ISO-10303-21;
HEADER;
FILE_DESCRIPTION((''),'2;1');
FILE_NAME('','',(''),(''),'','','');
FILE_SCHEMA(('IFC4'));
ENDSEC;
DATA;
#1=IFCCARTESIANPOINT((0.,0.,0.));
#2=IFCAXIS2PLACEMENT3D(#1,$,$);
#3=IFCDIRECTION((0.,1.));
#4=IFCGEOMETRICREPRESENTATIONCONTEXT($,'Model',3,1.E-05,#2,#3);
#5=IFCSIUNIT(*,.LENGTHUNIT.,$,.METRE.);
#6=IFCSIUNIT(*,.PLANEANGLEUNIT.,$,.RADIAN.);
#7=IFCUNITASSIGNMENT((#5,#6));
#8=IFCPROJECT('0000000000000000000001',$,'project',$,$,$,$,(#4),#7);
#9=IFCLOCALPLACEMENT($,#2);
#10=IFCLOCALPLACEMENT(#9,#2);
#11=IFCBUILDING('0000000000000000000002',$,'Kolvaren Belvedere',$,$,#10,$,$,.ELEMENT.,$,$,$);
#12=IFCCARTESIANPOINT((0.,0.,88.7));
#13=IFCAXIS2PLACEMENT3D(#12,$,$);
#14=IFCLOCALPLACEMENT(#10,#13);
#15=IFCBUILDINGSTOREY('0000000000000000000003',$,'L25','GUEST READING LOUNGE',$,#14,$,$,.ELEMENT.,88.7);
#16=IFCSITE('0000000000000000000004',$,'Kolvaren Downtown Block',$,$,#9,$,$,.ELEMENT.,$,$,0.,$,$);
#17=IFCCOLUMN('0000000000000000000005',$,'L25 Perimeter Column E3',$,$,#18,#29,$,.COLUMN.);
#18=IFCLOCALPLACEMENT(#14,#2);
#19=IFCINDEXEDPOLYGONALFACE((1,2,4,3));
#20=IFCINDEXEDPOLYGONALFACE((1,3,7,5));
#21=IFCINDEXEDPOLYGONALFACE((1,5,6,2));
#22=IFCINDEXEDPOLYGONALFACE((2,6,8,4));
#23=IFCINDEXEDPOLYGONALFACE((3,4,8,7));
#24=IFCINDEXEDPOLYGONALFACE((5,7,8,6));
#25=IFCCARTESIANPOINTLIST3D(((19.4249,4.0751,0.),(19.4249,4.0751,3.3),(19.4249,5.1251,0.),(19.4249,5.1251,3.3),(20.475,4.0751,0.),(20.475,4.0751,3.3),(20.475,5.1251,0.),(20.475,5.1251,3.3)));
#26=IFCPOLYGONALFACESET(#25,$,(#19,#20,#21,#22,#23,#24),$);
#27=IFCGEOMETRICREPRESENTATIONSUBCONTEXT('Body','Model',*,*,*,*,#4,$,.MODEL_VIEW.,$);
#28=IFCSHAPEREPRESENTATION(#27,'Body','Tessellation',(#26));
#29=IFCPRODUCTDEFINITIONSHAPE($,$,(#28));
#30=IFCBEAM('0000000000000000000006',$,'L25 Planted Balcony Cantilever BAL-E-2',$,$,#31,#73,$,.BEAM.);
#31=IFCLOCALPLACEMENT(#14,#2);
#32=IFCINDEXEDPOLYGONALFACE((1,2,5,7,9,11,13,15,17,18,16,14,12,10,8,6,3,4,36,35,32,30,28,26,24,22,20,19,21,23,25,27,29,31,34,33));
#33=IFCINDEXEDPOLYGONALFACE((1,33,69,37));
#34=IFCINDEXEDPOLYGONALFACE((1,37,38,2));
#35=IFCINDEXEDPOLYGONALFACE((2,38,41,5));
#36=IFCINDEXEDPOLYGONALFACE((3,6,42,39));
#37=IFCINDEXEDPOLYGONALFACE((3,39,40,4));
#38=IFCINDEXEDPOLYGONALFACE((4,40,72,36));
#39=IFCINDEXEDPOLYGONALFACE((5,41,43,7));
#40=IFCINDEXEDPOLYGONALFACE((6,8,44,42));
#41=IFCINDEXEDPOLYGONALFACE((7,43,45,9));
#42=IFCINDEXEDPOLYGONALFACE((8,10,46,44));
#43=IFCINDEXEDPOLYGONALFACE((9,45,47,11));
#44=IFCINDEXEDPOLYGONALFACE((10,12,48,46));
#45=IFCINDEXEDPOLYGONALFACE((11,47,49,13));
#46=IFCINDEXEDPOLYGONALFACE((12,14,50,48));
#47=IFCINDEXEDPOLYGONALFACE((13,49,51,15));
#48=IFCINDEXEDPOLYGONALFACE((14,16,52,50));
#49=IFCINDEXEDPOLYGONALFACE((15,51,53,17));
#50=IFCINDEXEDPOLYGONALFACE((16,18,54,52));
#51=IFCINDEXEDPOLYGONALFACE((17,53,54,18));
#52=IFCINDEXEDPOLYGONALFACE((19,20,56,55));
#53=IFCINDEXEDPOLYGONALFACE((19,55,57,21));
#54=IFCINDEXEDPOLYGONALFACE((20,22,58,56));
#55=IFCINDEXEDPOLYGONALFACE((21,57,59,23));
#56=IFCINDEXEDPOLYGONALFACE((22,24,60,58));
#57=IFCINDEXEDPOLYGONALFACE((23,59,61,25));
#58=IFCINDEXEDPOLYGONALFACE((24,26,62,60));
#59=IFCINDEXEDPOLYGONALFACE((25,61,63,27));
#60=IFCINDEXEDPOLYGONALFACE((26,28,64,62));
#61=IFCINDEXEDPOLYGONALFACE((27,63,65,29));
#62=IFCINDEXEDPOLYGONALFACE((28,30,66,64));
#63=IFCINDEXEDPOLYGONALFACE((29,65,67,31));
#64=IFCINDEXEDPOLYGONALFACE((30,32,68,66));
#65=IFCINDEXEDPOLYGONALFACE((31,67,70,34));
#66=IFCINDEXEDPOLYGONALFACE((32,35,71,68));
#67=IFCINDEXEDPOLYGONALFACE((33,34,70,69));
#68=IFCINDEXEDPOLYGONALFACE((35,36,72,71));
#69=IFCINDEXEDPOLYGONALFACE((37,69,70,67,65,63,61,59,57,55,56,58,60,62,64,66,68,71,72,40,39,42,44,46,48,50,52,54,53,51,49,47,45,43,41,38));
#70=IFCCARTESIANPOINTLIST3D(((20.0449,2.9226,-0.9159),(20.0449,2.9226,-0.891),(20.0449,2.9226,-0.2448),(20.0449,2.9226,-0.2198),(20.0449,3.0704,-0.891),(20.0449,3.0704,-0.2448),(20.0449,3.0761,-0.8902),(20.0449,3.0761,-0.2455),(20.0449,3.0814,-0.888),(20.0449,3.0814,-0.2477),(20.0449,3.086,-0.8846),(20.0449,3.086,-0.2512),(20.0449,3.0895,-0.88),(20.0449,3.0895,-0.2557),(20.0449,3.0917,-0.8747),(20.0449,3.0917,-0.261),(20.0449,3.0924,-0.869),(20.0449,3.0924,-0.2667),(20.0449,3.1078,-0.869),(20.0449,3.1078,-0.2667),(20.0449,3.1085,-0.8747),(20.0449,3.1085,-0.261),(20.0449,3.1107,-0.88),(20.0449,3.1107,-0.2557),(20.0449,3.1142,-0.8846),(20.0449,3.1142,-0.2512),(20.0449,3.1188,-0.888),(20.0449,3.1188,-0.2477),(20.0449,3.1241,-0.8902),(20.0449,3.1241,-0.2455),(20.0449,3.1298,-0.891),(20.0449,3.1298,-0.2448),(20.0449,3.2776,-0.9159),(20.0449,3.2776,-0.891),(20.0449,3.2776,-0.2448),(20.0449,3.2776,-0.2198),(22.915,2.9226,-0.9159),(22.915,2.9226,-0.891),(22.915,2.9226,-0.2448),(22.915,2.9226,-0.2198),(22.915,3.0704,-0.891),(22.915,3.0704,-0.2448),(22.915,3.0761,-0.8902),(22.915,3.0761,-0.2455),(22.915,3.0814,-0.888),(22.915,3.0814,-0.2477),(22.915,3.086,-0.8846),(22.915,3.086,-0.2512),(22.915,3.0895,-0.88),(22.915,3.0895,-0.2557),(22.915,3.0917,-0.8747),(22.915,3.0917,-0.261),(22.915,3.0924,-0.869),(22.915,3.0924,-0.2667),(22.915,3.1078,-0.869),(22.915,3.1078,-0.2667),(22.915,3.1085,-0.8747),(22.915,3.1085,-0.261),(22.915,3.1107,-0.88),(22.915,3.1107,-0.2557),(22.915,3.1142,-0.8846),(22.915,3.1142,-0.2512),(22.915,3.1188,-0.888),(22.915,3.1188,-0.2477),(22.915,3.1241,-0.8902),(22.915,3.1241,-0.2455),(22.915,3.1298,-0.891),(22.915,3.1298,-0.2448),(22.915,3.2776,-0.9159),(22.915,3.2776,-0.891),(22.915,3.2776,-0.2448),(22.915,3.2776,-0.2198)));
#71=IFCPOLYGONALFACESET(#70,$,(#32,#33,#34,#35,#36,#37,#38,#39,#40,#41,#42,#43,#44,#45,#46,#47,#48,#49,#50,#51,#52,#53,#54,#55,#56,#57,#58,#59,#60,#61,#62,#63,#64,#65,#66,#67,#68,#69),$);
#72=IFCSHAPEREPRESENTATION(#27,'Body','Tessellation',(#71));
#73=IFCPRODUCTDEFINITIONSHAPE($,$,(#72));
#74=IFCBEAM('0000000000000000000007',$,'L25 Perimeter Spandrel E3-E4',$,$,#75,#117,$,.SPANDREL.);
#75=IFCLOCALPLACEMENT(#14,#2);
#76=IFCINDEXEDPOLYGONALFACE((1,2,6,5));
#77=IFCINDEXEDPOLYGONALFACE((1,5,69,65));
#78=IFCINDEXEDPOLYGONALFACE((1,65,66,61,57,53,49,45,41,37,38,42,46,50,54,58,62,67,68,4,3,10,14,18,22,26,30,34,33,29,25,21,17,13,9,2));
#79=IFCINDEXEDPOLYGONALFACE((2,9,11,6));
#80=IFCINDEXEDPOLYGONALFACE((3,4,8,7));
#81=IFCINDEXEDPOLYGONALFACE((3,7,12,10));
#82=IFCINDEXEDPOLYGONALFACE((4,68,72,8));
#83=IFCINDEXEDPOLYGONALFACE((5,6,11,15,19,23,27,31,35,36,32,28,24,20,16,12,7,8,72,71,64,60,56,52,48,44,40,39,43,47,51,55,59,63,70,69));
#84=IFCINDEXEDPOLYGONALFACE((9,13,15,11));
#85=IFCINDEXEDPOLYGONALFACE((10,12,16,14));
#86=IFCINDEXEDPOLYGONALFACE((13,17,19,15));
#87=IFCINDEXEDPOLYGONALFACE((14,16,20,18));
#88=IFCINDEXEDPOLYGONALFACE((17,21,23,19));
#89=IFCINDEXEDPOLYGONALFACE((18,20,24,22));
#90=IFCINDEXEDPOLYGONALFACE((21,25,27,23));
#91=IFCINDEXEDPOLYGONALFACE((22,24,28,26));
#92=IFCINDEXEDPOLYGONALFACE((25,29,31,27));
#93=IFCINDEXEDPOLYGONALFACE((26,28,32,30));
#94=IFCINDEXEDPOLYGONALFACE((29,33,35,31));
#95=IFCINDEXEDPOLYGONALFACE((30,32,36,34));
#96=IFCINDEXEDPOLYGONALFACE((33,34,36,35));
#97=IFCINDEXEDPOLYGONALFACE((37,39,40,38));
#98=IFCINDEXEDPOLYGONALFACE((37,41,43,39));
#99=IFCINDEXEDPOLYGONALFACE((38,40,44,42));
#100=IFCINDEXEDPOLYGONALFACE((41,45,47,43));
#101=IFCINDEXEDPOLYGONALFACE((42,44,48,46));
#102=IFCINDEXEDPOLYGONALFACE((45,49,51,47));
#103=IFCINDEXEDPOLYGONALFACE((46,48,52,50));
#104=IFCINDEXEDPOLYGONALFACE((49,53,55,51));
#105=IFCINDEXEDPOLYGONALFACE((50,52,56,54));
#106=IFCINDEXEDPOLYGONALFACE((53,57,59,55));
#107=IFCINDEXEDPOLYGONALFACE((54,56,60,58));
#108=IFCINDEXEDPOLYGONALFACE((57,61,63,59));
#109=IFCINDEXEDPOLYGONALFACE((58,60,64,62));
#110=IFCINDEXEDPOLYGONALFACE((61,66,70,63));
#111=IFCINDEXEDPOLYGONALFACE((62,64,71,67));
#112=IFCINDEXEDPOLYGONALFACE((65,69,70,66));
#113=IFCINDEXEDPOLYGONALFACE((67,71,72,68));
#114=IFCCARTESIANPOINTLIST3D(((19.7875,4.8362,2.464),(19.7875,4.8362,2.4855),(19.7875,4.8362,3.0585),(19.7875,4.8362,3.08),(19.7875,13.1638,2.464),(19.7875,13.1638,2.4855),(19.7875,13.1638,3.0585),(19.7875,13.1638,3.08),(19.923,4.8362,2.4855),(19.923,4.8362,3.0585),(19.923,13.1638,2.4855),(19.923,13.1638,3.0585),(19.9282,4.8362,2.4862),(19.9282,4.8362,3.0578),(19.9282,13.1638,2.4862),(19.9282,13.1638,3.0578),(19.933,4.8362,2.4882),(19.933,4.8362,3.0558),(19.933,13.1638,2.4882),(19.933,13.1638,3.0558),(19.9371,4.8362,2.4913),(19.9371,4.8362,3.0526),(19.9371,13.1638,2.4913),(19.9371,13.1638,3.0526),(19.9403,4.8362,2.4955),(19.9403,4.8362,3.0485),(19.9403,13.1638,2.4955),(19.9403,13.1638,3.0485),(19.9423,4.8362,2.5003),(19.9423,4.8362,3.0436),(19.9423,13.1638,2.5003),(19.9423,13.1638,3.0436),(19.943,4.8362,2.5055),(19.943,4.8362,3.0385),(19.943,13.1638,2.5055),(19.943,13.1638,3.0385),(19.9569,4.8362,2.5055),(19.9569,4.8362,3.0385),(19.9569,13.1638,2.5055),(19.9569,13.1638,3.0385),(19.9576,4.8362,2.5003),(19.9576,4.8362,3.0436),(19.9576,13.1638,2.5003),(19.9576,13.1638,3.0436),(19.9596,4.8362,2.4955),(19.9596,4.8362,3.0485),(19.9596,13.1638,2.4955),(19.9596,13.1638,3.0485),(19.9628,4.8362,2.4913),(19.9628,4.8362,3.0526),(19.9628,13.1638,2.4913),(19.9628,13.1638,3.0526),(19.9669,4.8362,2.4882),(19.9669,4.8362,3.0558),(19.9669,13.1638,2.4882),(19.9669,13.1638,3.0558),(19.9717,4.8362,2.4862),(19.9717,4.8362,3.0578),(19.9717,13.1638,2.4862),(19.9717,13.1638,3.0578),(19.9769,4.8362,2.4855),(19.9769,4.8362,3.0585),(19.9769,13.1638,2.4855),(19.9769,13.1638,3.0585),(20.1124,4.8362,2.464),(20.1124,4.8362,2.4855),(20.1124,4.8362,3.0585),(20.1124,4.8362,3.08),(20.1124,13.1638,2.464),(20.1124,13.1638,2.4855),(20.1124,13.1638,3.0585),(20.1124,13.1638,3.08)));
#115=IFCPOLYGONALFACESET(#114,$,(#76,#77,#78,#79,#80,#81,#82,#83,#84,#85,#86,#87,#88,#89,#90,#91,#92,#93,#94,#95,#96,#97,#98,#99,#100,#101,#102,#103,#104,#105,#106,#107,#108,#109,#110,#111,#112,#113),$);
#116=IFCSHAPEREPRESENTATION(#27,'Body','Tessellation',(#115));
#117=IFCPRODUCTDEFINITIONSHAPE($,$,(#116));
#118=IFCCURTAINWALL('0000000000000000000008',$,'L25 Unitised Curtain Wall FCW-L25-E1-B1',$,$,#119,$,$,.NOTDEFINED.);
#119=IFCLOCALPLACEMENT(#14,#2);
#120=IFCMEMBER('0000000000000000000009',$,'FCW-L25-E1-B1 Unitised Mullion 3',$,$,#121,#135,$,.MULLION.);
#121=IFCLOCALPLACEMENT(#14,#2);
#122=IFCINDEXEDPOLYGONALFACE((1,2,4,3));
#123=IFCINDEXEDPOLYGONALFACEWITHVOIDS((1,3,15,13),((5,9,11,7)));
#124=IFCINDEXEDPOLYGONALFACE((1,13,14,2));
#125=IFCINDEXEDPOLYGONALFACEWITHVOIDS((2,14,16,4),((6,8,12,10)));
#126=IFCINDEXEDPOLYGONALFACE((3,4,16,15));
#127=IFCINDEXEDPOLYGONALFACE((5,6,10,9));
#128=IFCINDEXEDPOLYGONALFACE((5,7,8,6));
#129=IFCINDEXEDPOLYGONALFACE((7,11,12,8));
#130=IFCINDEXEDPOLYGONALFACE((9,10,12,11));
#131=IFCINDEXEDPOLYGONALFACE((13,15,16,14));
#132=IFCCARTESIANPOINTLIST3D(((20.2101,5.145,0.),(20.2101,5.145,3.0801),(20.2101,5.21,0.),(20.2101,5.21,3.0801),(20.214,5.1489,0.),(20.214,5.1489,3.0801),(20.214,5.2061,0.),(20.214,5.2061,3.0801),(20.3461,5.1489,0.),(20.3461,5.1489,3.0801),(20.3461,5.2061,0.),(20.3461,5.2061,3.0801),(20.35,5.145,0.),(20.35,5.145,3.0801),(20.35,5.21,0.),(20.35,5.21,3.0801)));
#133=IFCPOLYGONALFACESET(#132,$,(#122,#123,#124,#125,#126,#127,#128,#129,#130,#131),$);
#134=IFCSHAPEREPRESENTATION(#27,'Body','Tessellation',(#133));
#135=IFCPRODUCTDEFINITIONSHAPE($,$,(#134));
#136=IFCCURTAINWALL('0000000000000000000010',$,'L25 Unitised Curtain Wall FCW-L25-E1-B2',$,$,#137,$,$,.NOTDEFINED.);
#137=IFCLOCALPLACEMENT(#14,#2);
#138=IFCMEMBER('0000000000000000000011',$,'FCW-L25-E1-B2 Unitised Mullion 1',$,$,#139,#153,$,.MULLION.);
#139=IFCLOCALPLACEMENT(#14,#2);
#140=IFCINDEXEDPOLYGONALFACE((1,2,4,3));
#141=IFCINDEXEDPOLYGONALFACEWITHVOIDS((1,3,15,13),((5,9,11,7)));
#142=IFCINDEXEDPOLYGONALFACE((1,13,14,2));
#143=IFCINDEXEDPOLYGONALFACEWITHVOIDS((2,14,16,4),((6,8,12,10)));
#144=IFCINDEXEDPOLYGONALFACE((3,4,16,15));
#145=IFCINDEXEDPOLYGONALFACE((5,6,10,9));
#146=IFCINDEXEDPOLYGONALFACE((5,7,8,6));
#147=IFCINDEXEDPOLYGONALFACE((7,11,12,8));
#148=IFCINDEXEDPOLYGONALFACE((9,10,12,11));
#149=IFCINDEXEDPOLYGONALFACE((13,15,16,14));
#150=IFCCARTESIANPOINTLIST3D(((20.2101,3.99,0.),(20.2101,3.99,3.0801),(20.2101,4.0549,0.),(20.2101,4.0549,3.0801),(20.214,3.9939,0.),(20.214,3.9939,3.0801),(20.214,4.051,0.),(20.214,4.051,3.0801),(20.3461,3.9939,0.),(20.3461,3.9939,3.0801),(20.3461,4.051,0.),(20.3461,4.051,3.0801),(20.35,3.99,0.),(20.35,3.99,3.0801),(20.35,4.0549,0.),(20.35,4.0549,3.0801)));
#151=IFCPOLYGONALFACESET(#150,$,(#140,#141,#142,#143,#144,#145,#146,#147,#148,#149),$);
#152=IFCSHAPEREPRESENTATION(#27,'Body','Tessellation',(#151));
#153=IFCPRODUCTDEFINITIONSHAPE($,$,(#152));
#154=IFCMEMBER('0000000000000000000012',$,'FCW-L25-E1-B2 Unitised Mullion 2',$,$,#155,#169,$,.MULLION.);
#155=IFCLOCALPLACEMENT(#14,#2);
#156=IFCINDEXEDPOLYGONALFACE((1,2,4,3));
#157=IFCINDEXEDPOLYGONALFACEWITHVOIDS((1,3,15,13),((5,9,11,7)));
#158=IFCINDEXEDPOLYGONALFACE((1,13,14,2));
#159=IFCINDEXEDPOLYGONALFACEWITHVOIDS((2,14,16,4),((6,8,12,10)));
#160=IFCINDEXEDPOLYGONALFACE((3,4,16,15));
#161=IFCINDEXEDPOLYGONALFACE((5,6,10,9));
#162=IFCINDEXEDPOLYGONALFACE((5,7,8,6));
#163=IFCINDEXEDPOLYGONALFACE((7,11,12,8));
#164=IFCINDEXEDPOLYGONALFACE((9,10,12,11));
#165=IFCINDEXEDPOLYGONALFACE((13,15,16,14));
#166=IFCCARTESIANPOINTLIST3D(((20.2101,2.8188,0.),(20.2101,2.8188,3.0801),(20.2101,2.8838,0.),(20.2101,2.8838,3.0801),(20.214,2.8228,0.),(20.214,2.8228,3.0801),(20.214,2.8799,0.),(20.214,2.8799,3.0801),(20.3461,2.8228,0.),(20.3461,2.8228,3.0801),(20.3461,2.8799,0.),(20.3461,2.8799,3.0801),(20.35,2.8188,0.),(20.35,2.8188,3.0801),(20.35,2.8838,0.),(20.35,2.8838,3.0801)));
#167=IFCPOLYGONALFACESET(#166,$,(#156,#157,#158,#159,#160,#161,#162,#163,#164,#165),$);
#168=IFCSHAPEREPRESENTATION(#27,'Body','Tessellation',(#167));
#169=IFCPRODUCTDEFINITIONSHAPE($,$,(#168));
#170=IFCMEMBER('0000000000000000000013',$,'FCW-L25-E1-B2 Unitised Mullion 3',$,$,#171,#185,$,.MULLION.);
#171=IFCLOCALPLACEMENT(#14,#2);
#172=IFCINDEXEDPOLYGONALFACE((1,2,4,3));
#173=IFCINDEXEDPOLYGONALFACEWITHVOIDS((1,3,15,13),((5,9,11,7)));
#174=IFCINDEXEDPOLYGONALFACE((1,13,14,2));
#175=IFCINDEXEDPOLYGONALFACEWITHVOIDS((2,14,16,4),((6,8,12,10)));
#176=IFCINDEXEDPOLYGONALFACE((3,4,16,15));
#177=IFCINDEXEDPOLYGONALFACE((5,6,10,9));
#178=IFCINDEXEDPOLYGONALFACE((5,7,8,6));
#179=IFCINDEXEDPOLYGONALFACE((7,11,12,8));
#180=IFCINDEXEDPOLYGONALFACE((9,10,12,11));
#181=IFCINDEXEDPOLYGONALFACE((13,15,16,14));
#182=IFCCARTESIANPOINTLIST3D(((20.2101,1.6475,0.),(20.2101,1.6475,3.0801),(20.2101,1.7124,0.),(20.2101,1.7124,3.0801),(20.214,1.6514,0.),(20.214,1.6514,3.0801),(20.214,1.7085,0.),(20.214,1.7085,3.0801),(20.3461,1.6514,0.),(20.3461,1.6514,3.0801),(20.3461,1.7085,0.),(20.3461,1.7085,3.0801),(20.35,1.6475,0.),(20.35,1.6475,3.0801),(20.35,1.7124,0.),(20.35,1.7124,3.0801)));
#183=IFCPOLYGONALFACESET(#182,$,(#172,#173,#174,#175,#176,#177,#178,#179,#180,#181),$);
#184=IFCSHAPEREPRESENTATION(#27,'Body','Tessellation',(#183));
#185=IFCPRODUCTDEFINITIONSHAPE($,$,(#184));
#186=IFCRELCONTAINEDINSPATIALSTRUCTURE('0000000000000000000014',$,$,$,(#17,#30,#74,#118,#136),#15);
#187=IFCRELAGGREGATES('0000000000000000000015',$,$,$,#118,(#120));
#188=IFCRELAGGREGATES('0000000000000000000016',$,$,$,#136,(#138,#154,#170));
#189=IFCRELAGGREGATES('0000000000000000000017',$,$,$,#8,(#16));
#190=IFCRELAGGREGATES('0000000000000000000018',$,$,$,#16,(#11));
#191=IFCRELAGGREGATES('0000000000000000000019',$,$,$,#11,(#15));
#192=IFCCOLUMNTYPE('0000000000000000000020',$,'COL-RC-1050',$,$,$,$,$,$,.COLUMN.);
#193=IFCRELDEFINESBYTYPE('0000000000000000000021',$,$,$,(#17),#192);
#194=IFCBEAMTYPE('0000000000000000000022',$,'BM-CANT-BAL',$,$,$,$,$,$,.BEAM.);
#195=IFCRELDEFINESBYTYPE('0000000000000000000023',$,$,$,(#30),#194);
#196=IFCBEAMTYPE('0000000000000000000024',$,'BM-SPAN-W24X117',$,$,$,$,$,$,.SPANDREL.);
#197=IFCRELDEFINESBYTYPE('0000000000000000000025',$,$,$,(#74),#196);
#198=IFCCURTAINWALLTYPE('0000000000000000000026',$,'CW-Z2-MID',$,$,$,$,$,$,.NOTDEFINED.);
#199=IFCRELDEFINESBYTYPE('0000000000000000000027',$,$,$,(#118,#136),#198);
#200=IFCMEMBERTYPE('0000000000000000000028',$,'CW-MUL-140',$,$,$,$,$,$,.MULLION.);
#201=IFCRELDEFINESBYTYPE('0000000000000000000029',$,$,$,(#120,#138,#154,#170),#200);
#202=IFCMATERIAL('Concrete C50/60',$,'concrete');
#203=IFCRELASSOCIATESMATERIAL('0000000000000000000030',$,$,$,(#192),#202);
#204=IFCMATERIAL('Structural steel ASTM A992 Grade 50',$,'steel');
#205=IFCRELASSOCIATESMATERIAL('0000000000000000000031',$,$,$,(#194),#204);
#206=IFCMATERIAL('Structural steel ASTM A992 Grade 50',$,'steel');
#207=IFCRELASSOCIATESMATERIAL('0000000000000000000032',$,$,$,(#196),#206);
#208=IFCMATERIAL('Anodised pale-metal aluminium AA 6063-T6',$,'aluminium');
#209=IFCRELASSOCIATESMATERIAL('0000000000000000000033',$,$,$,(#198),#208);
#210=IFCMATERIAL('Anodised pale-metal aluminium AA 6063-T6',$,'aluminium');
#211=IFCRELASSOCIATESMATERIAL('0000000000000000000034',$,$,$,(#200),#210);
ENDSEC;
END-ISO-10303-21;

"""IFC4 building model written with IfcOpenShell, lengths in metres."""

from ifc_helpers import new_model, si_unit, direction, frame, origin, origin_2d, place, context, subcontext, project, spatial, rectangle, hollow_rectangle, i_section, extrude, material, material_profile, profile_set, type_object, element, aggregate, save


model = new_model("IFC4")

# Units and contexts
model_context = context("Model", 3, precision=1e-05, world=origin(), true_north=direction((0.0, 1.0)))
body_context = subcontext(model_context, "Body", "Model", "MODEL_VIEW")
ifc_project = project(units=[si_unit("LENGTHUNIT", "METRE"), si_unit("PLANEANGLEUNIT", "RADIAN")], contexts=[model_context])

# Site, building, storey
site_placement = place(None, origin())
site = spatial("IfcSite", under=ifc_project, at=site_placement, Name="Kolvaren Downtown Block", CompositionType="ELEMENT", RefElevation=0.0)
building_placement = place(site_placement, origin())
building = spatial("IfcBuilding", under=site, at=building_placement, Name="Kolvaren Belvedere", CompositionType="ELEMENT")
storey_placement = place(building_placement, frame((0.0, 0.0, 88.7)))
storey = spatial("IfcBuildingStorey", under=building, at=storey_placement, Name="L25", Description="GUEST READING LOUNGE", CompositionType="ELEMENT", Elevation=88.7)

# Column
ifc_material_1 = material(Name="Concrete C50/60", Category="concrete")
ifc_material_profile_1 = material_profile(ifc_material_1, rectangle(XDim=1.05, YDim=1.05, at=origin_2d()), Name="RC 1050X1050")
ifc_profile_set_1 = profile_set([ifc_material_profile_1], Name="Concrete C50/60")
column_type = type_object("IfcColumnType", Name="COL-RC-1050", PredefinedType="COLUMN", material=ifc_profile_set_1)
column_placement = place(storey_placement, frame((19.95, 4.6001, 0.0), z_axis=(0.0, 0.0, 1.0), x_axis=(1.0, 0.0, 0.0)))
element("IfcColumn", 1, at=column_placement, inside=storey, type_object=column_type, Name="L25 Perimeter Column E3", PredefinedType="COLUMN", context=body_context, shape_type="SweptSolid", body=[
    extrude(rectangle(XDim=1.05, YDim=1.05, at=origin_2d()), origin(), (0.0, 0.0, 1.0), 3.3),
])

# Beams
ifc_material_2 = material(Name="Structural steel ASTM A992 Grade 50", Category="steel")
ifc_material_profile_2 = material_profile(ifc_material_2, i_section(OverallWidth=0.355, OverallDepth=0.696, WebThickness=0.0154, FlangeThickness=0.0249, FilletRadius=0.022, at=origin_2d()), Name="W27X146")
ifc_profile_set_2 = profile_set([ifc_material_profile_2], Name="Structural steel ASTM A992 Grade 50")
beam_type_1 = type_object("IfcBeamType", Name="BM-CANT-BAL", PredefinedType="BEAM", material=ifc_profile_set_2)
beam_1_placement = place(storey_placement, frame((20.0449, 3.1001, -0.5679), z_axis=(1.0, 0.0, 0.0), x_axis=(0.0, 1.0, 0.0)))
element("IfcBeam", 2, at=beam_1_placement, inside=storey, type_object=beam_type_1, Name="L25 Planted Balcony Cantilever BAL-E-2", PredefinedType="BEAM", context=body_context, shape_type="SweptSolid", body=[
    extrude(i_section(OverallWidth=0.355, OverallDepth=0.696, WebThickness=0.0154, FlangeThickness=0.0249, FilletRadius=0.022, at=origin_2d()), origin(), (0.0, 0.0, 1.0), 2.8701),
])
ifc_material_3 = material(Name="Structural steel ASTM A992 Grade 50", Category="steel")
ifc_material_profile_3 = material_profile(ifc_material_3, i_section(OverallWidth=0.325, OverallDepth=0.616, WebThickness=0.0139, FlangeThickness=0.0215, FilletRadius=0.02, at=origin_2d()), Name="W24X117")
ifc_profile_set_3 = profile_set([ifc_material_profile_3], Name="Structural steel ASTM A992 Grade 50")
beam_type_2 = type_object("IfcBeamType", Name="BM-SPAN-W24X117", PredefinedType="SPANDREL", material=ifc_profile_set_3)
beam_2_placement = place(storey_placement, frame((19.95, 4.8362, 2.772), z_axis=(0.0, 1.0, 0.0), x_axis=(-1.0, 0.0, 0.0)))
element("IfcBeam", 3, at=beam_2_placement, inside=storey, type_object=beam_type_2, Name="L25 Perimeter Spandrel E3-E4", PredefinedType="SPANDREL", context=body_context, shape_type="SweptSolid", body=[
    extrude(i_section(OverallWidth=0.325, OverallDepth=0.616, WebThickness=0.0139, FlangeThickness=0.0215, FilletRadius=0.02, at=origin_2d()), origin(), (0.0, 0.0, 1.0), 8.3276),
])

# Curtain wall, member
ifc_material_4 = material(Name="Anodised pale-metal aluminium AA 6063-T6", Category="aluminium")
curtain_wall_type = type_object("IfcCurtainWallType", Name="CW-Z2-MID", PredefinedType="NOTDEFINED", material=ifc_material_4)
curtain_wall_1_placement = place(storey_placement, origin())
curtain_wall_1 = element("IfcCurtainWall", 4, at=curtain_wall_1_placement, inside=storey, type_object=curtain_wall_type, Name="L25 Unitised Curtain Wall FCW-L25-E1-B1", PredefinedType="NOTDEFINED")
ifc_material_5 = material(Name="Anodised pale-metal aluminium AA 6063-T6", Category="aluminium")
ifc_material_profile_4 = material_profile(ifc_material_5, hollow_rectangle(XDim=0.0649, YDim=0.1399, WallThickness=0.0039, at=origin_2d()), Name="ALU-MUL-140X65")
ifc_profile_set_4 = profile_set([ifc_material_profile_4], Name="Anodised pale-metal aluminium AA 6063-T6")
member_type_1 = type_object("IfcMemberType", Name="CW-MUL-140", PredefinedType="MULLION", material=ifc_profile_set_4)
member_1_placement = place(storey_placement, frame((20.28, 5.1775, 0.0), z_axis=(0.0, 0.0, 1.0), x_axis=(0.0, 1.0, 0.0)))
member_1 = element("IfcMember", 5, at=member_1_placement, type_object=member_type_1, Name="FCW-L25-E1-B1 Unitised Mullion 3", PredefinedType="MULLION", context=body_context, shape_type="SweptSolid", body=[
    extrude(hollow_rectangle(XDim=0.0649, YDim=0.1399, WallThickness=0.0039, at=origin_2d()), origin(), (0.0, 0.0, 1.0), 3.0801),
])
aggregate(curtain_wall_1, [member_1])

# Curtain wall, members
curtain_wall_2_placement = place(storey_placement, origin())
curtain_wall_2 = element("IfcCurtainWall", 6, at=curtain_wall_2_placement, inside=storey, type_object=curtain_wall_type, Name="L25 Unitised Curtain Wall FCW-L25-E1-B2", PredefinedType="NOTDEFINED")
member_2_placement = place(storey_placement, frame((20.28, 4.0225, 0.0), z_axis=(0.0, 0.0, 1.0), x_axis=(0.0, 1.0, 0.0)))
member_2 = element("IfcMember", 7, at=member_2_placement, type_object=member_type_1, Name="FCW-L25-E1-B2 Unitised Mullion 1", PredefinedType="MULLION", context=body_context, shape_type="SweptSolid", body=[
    extrude(hollow_rectangle(XDim=0.0649, YDim=0.1399, WallThickness=0.0039, at=origin_2d()), origin(), (0.0, 0.0, 1.0), 3.0801),
])
member_3_placement = place(storey_placement, frame((20.28, 2.8513, 0.0), z_axis=(0.0, 0.0, 1.0), x_axis=(0.0, 1.0, 0.0)))
member_3 = element("IfcMember", 8, at=member_3_placement, type_object=member_type_1, Name="FCW-L25-E1-B2 Unitised Mullion 2", PredefinedType="MULLION", context=body_context, shape_type="SweptSolid", body=[
    extrude(hollow_rectangle(XDim=0.0649, YDim=0.1399, WallThickness=0.0039, at=origin_2d()), origin(), (0.0, 0.0, 1.0), 3.0801),
])
member_4_placement = place(storey_placement, frame((20.28, 1.6799, 0.0), z_axis=(0.0, 0.0, 1.0), x_axis=(0.0, 1.0, 0.0)))
member_4 = element("IfcMember", 9, at=member_4_placement, type_object=member_type_1, Name="FCW-L25-E1-B2 Unitised Mullion 3", PredefinedType="MULLION", context=body_context, shape_type="SweptSolid", body=[
    extrude(hollow_rectangle(XDim=0.0649, YDim=0.1399, WallThickness=0.0039, at=origin_2d()), origin(), (0.0, 0.0, 1.0), 3.0801),
])
aggregate(curtain_wall_2, [member_2, member_3, member_4])

save(model, "model.ifc")
